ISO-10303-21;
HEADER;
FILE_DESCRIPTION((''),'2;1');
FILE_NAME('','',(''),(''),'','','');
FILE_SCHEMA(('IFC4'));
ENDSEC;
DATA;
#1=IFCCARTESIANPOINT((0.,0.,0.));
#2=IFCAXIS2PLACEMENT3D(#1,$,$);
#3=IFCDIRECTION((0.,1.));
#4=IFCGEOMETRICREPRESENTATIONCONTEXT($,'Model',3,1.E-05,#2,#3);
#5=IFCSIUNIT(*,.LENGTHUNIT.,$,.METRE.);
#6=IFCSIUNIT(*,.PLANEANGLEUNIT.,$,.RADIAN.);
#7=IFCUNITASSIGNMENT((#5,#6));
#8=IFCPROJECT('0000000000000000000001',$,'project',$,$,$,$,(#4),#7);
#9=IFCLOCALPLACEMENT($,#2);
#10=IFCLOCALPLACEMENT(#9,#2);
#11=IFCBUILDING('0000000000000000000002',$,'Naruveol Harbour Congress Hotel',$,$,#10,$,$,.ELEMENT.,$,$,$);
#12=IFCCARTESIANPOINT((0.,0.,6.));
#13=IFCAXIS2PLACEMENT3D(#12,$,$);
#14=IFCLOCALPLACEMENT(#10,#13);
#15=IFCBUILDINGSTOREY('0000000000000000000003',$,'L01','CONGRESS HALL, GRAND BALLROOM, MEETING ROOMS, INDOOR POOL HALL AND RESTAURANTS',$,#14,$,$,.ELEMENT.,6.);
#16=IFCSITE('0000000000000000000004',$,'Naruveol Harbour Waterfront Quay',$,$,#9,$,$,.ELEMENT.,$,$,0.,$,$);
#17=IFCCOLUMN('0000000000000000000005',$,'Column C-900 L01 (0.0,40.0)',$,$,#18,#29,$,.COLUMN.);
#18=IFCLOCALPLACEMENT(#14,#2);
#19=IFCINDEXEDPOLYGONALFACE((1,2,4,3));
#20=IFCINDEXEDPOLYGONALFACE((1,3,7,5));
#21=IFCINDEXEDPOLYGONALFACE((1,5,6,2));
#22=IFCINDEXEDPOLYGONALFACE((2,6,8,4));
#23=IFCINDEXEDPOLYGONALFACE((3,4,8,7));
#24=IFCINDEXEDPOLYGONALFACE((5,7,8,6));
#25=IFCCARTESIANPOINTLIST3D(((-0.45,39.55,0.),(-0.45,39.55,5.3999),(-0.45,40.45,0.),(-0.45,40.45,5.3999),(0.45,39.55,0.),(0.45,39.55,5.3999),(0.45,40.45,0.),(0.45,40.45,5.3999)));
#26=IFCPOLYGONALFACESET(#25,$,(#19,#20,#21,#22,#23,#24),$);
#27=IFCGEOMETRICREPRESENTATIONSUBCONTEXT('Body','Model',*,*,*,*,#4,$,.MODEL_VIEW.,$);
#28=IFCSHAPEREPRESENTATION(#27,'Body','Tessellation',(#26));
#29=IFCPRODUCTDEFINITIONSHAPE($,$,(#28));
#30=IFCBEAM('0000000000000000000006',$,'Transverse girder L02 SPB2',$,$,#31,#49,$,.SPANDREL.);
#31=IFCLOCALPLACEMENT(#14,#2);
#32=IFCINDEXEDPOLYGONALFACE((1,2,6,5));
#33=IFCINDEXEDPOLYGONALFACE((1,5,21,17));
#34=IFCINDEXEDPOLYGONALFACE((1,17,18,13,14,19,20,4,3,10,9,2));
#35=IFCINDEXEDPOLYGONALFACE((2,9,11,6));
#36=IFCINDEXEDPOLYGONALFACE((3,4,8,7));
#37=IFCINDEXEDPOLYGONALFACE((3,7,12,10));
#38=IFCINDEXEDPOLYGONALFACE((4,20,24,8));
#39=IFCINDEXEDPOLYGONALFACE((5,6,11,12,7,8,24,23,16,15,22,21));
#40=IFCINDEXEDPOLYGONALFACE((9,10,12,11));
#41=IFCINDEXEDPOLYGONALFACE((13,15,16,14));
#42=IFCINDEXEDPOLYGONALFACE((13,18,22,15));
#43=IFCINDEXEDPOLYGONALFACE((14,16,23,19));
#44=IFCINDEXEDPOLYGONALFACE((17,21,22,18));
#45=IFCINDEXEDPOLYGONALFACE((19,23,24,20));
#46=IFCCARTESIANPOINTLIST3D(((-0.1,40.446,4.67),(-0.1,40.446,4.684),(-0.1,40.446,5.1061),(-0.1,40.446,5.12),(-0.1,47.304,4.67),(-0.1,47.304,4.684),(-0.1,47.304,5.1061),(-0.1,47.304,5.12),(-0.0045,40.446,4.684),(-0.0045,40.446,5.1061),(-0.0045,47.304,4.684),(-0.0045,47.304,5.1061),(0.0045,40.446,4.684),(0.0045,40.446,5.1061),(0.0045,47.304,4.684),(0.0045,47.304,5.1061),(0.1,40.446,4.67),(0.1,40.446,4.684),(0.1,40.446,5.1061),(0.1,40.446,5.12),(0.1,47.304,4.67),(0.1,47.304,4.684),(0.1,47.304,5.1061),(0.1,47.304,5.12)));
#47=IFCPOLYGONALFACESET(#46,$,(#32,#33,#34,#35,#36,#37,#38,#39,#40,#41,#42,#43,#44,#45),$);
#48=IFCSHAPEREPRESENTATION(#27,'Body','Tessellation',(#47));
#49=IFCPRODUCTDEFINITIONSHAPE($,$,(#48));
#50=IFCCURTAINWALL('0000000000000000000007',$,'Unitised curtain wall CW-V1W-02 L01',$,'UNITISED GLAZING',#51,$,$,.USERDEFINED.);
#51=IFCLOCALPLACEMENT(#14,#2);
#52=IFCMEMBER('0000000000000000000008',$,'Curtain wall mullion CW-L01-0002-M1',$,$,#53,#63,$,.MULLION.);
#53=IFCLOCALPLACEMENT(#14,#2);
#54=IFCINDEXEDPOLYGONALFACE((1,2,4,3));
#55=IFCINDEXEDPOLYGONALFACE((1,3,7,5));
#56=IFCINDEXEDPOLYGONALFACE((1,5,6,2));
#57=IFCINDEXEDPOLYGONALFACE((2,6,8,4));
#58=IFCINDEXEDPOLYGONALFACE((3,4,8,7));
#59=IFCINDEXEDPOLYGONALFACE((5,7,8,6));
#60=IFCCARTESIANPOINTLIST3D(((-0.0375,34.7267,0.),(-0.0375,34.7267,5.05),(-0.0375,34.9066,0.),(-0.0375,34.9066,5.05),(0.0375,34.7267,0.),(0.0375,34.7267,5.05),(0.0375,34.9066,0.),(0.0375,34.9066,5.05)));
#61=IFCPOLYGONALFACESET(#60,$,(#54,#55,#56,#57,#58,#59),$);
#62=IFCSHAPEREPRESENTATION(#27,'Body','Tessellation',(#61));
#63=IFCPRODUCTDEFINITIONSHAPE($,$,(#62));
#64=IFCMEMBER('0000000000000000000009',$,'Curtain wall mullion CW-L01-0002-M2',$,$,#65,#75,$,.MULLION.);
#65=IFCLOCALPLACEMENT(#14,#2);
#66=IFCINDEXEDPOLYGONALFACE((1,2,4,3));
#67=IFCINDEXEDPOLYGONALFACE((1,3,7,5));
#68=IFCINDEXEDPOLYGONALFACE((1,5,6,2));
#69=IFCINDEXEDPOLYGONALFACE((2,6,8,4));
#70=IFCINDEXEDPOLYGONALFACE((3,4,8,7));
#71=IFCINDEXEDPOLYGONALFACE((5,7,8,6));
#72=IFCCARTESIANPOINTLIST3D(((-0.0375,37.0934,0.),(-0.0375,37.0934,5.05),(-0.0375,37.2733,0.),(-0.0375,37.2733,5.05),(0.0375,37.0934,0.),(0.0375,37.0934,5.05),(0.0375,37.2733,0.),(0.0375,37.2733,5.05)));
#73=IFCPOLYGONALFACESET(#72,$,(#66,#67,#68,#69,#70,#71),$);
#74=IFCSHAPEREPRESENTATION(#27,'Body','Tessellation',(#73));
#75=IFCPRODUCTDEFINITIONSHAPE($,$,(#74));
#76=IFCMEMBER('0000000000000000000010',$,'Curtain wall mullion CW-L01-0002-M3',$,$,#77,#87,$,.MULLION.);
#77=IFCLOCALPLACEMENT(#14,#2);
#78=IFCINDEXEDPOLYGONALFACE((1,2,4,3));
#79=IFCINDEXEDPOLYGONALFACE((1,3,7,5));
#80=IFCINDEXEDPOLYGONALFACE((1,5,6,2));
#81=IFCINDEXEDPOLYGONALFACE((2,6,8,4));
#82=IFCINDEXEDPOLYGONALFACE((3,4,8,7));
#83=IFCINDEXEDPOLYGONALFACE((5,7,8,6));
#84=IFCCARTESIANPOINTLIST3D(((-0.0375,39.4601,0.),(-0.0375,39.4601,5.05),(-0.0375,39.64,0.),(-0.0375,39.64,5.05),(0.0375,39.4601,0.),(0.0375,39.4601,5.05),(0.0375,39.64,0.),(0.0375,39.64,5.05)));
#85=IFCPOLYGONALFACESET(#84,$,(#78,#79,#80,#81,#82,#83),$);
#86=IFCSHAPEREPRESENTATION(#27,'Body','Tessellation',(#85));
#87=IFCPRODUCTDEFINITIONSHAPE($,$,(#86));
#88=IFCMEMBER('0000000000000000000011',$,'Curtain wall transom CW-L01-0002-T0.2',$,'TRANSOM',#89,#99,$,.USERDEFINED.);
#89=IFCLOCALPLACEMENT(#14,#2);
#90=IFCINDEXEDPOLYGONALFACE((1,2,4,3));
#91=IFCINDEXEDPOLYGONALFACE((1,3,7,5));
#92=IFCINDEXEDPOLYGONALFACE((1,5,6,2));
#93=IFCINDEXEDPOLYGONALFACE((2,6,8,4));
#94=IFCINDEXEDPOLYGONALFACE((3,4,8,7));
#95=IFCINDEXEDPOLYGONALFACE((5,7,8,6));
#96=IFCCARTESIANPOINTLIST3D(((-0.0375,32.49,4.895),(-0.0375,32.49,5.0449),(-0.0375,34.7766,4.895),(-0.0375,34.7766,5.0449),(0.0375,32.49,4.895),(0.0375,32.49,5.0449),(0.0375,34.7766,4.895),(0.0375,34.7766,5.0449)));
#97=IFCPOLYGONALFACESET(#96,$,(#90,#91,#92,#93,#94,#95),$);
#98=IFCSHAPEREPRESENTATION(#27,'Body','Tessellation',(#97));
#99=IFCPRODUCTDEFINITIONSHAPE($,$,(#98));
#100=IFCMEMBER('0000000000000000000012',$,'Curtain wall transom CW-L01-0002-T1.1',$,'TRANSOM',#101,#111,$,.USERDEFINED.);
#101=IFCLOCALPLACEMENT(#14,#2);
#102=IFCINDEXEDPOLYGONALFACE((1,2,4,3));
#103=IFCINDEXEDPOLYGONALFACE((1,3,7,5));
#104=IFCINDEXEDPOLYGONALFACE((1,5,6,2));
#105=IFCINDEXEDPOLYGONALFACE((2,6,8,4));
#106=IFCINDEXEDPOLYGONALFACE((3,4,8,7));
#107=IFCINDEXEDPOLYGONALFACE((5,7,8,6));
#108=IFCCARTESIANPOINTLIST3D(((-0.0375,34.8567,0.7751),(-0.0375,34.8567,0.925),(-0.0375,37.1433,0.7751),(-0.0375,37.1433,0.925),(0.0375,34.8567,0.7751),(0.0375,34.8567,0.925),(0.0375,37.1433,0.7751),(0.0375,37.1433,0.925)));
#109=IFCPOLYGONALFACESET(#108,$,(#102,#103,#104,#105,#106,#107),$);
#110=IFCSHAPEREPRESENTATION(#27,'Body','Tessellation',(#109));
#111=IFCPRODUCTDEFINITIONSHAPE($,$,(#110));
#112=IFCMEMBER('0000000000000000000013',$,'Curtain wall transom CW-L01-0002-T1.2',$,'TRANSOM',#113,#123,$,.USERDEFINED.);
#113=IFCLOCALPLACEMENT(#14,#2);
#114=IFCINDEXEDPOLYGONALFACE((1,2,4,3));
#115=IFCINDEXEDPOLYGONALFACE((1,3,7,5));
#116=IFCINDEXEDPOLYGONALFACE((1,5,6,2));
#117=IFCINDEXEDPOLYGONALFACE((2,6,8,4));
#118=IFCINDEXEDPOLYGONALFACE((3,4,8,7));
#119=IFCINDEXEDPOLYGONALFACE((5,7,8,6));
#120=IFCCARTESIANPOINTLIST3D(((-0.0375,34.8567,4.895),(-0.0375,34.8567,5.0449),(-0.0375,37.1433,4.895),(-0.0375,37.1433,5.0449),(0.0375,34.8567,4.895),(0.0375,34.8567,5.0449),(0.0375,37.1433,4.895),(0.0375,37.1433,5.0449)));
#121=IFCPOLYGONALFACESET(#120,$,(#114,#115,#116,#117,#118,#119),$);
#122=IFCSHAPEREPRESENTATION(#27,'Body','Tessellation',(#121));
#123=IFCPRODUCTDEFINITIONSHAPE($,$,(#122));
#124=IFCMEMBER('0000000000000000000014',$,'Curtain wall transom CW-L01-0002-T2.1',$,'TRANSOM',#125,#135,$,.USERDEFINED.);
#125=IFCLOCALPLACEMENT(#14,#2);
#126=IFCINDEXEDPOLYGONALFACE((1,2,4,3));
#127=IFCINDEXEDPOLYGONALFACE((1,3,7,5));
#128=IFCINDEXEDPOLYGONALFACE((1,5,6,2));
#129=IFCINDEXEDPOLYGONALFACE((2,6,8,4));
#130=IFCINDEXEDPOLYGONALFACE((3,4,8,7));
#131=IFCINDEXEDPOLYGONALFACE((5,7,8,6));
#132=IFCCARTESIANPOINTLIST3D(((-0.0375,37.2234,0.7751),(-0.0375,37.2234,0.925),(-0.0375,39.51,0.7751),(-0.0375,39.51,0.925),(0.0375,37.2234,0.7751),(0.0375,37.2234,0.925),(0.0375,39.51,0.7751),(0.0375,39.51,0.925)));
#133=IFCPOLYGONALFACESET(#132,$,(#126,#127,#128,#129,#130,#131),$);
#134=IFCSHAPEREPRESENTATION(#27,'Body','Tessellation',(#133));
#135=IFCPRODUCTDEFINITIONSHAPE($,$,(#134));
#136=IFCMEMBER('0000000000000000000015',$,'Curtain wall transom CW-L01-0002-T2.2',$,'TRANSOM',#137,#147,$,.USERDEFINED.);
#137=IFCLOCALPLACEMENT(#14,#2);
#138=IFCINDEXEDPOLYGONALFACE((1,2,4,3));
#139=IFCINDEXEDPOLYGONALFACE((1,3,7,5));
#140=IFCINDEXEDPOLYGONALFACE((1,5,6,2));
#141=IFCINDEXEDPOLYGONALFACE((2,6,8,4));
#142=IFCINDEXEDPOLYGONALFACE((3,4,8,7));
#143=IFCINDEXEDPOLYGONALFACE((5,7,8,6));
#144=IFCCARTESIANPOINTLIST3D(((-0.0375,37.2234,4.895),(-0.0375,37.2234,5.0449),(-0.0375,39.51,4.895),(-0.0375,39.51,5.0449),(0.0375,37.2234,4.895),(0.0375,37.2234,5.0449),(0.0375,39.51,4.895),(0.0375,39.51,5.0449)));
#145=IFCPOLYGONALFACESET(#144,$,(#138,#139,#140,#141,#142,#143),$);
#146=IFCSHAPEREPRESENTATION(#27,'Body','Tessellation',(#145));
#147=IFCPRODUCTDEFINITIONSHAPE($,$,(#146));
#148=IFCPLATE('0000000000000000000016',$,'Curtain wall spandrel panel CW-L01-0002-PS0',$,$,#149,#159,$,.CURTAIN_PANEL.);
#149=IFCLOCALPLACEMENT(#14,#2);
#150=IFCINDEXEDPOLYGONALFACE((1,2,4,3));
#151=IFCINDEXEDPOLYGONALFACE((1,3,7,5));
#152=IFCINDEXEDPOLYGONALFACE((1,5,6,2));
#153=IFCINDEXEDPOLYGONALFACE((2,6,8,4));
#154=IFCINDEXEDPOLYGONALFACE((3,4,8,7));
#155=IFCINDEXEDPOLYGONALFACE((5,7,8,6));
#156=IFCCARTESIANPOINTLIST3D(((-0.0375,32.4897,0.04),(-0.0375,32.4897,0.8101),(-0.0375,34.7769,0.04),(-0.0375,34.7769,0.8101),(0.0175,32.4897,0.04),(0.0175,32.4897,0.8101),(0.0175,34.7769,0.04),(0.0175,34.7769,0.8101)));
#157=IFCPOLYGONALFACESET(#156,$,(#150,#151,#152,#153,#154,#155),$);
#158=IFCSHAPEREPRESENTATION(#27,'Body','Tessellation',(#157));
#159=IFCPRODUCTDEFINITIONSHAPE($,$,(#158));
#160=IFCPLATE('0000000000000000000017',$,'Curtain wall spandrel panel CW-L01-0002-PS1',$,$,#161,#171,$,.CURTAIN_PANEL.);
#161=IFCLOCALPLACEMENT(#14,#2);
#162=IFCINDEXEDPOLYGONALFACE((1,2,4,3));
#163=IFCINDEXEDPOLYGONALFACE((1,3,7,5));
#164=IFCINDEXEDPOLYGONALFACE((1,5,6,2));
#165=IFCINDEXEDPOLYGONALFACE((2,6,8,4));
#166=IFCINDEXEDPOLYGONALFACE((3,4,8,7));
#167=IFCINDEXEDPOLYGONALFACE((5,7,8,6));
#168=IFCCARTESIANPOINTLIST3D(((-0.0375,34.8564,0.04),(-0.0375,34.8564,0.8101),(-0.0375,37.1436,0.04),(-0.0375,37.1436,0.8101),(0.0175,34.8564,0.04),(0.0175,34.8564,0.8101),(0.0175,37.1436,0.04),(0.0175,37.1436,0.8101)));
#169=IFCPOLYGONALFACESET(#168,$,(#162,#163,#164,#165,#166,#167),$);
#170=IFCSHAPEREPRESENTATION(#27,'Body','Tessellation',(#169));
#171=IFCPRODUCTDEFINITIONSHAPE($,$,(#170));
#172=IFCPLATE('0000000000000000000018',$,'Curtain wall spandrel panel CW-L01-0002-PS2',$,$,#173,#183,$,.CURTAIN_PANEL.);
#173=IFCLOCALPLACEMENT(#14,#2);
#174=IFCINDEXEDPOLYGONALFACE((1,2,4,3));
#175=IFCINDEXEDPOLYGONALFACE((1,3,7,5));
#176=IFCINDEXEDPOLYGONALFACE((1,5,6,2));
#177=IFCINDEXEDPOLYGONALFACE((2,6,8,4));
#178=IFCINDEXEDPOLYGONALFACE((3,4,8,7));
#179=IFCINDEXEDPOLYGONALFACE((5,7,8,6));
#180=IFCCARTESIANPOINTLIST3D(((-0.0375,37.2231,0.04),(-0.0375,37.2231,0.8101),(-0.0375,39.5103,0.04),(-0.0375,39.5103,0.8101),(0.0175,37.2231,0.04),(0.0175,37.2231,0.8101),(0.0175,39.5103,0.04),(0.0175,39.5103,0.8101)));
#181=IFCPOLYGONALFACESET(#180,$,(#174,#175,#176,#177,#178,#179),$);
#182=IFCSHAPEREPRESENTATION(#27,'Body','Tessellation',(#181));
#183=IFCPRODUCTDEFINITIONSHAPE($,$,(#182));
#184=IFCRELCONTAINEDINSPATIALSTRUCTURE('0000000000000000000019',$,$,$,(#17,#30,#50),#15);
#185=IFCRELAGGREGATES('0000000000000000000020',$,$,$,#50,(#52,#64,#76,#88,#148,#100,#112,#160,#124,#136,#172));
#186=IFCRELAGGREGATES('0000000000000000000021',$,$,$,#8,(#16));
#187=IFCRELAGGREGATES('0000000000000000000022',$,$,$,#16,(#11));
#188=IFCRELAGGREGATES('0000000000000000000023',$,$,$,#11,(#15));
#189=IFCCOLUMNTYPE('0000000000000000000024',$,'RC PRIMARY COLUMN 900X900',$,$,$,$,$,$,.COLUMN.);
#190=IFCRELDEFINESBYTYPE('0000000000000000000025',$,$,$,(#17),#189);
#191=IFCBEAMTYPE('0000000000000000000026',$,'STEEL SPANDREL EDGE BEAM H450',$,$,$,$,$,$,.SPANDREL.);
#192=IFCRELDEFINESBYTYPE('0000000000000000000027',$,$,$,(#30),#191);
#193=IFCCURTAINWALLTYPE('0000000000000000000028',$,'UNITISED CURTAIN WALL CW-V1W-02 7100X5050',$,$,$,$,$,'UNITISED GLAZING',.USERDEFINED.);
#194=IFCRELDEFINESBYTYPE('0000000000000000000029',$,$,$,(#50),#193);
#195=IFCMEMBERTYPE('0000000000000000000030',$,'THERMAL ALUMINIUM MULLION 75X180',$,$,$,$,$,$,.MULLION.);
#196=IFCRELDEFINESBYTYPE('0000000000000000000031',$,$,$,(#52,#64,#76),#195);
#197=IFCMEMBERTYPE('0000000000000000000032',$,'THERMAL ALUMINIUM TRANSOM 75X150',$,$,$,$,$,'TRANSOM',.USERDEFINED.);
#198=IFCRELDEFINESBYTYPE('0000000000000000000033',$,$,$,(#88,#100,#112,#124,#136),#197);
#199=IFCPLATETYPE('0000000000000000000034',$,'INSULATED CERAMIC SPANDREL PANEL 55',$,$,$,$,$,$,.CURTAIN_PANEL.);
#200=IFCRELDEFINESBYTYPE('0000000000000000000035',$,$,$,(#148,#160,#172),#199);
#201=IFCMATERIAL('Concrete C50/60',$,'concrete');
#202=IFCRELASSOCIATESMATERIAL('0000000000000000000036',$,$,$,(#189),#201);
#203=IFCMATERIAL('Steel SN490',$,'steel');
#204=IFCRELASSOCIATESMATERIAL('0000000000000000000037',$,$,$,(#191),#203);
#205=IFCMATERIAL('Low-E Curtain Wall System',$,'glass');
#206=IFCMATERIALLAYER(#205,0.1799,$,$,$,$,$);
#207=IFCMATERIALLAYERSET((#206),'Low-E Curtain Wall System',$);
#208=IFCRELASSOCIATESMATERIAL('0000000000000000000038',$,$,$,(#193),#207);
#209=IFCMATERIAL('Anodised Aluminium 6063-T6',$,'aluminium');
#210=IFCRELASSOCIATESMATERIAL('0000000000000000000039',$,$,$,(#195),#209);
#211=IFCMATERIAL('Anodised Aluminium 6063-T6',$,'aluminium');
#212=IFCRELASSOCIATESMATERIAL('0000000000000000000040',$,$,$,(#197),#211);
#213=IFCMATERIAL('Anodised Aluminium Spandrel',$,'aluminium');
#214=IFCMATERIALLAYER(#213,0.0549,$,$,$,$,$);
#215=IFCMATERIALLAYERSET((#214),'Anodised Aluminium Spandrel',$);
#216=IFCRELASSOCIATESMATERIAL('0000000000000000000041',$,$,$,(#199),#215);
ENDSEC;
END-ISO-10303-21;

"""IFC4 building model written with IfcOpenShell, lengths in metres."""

from ifc_helpers import new_model, si_unit, direction, frame, origin, origin_2d, place, context, subcontext, project, spatial, rectangle, i_section, extrude, material, layer, layer_set, material_profile, profile_set, type_object, element, aggregate, save


model = new_model("IFC4")

# Units and contexts
model_context = context("Model", 3, precision=1e-05, world=origin(), true_north=direction((0.0, 1.0)))
body_context = subcontext(model_context, "Body", "Model", "MODEL_VIEW")
ifc_project = project(units=[si_unit("LENGTHUNIT", "METRE"), si_unit("PLANEANGLEUNIT", "RADIAN")], contexts=[model_context])

# Site, building, storey
site_placement = place(None, origin())
site = spatial("IfcSite", under=ifc_project, at=site_placement, Name="Naruveol Harbour Waterfront Quay", CompositionType="ELEMENT", RefElevation=0.0)
building_placement = place(site_placement, origin())
building = spatial("IfcBuilding", under=site, at=building_placement, Name="Naruveol Harbour Congress Hotel", CompositionType="ELEMENT")
storey_placement = place(building_placement, frame((0.0, 0.0, 6.0)))
storey = spatial("IfcBuildingStorey", under=building, at=storey_placement, Name="L01", Description="CONGRESS HALL, GRAND BALLROOM, MEETING ROOMS, INDOOR POOL HALL AND RESTAURANTS", CompositionType="ELEMENT", Elevation=6.0)

# Column
ifc_material_1 = material(Name="Concrete C50/60", Category="concrete")
ifc_material_profile_1 = material_profile(ifc_material_1, rectangle(XDim=0.8999, YDim=0.8999, at=origin_2d()), Name="RC-900x900")
ifc_profile_set_1 = profile_set([ifc_material_profile_1], Name="Concrete C50/60")
column_type = type_object("IfcColumnType", Name="RC PRIMARY COLUMN 900X900", PredefinedType="COLUMN", material=ifc_profile_set_1)
column_placement = place(storey_placement, frame((0.0, 40.0, 0.0), z_axis=(0.0, 0.0, 1.0), x_axis=(1.0, 0.0, 0.0)))
element("IfcColumn", 1, at=column_placement, inside=storey, type_object=column_type, Name="Column C-900 L01 (0.0,40.0)", PredefinedType="COLUMN", context=body_context, shape_type="SweptSolid", body=[
    extrude(rectangle(XDim=0.8999, YDim=0.8999, at=origin_2d()), origin(), (0.0, 0.0, 1.0), 5.3999),
])

# Beam
ifc_material_2 = material(Name="Steel SN490", Category="steel")
ifc_material_profile_2 = material_profile(ifc_material_2, i_section(OverallWidth=0.2, OverallDepth=0.45, WebThickness=0.009, FlangeThickness=0.0139, at=origin_2d()), Name="H-450x200x9x14")
ifc_profile_set_2 = profile_set([ifc_material_profile_2], Name="Steel SN490")
beam_type = type_object("IfcBeamType", Name="STEEL SPANDREL EDGE BEAM H450", PredefinedType="SPANDREL", material=ifc_profile_set_2)
beam_placement = place(storey_placement, frame((0.0, 40.446, 4.895), z_axis=(0.0, 1.0, 0.0), x_axis=(-1.0, 0.0, 0.0)))
element("IfcBeam", 2, at=beam_placement, inside=storey, type_object=beam_type, Name="Transverse girder L02 SPB2", PredefinedType="SPANDREL", context=body_context, shape_type="SweptSolid", body=[
    extrude(i_section(OverallWidth=0.2, OverallDepth=0.45, WebThickness=0.009, FlangeThickness=0.0139, at=origin_2d()), origin(), (0.0, 0.0, 1.0), 6.8579),
])

# Curtain wall, members, plates
ifc_material_3 = material(Name="Low-E Curtain Wall System", Category="glass")
ifc_layer_1 = layer(ifc_material_3, 0.1799)
ifc_layer_set_1 = layer_set([ifc_layer_1], Name="Low-E Curtain Wall System")
curtain_wall_type = type_object("IfcCurtainWallType", Name="UNITISED CURTAIN WALL CW-V1W-02 7100X5050", ElementType="UNITISED GLAZING", PredefinedType="USERDEFINED", material=ifc_layer_set_1)
curtain_wall_placement = place(storey_placement, origin())
curtain_wall = element("IfcCurtainWall", 3, at=curtain_wall_placement, inside=storey, type_object=curtain_wall_type, Name="Unitised curtain wall CW-V1W-02 L01", ObjectType="UNITISED GLAZING", PredefinedType="USERDEFINED")
ifc_material_4 = material(Name="Anodised Aluminium 6063-T6", Category="aluminium")
ifc_material_profile_3 = material_profile(ifc_material_4, rectangle(XDim=0.075, YDim=0.1799, at=origin_2d()), Name="ALU-75x180")
ifc_profile_set_3 = profile_set([ifc_material_profile_3], Name="Anodised Aluminium 6063-T6")
member_type_1 = type_object("IfcMemberType", Name="THERMAL ALUMINIUM MULLION 75X180", PredefinedType="MULLION", material=ifc_profile_set_3)
member_1_placement = place(storey_placement, frame((0.0, 34.8167, 0.0), z_axis=(0.0, 0.0, 1.0), x_axis=(1.0, 0.0, 0.0)))
member_1 = element("IfcMember", 4, at=member_1_placement, type_object=member_type_1, Name="Curtain wall mullion CW-L01-0002-M1", PredefinedType="MULLION", context=body_context, shape_type="SweptSolid", body=[
    extrude(rectangle(XDim=0.075, YDim=0.1799, at=origin_2d()), origin(), (0.0, 0.0, 1.0), 5.05),
])
member_2_placement = place(storey_placement, frame((0.0, 37.1833, 0.0), z_axis=(0.0, 0.0, 1.0), x_axis=(1.0, 0.0, 0.0)))
member_2 = element("IfcMember", 5, at=member_2_placement, type_object=member_type_1, Name="Curtain wall mullion CW-L01-0002-M2", PredefinedType="MULLION", context=body_context, shape_type="SweptSolid", body=[
    extrude(rectangle(XDim=0.075, YDim=0.1799, at=origin_2d()), origin(), (0.0, 0.0, 1.0), 5.05),
])
member_3_placement = place(storey_placement, frame((0.0, 39.55, 0.0), z_axis=(0.0, 0.0, 1.0), x_axis=(1.0, 0.0, 0.0)))
member_3 = element("IfcMember", 6, at=member_3_placement, type_object=member_type_1, Name="Curtain wall mullion CW-L01-0002-M3", PredefinedType="MULLION", context=body_context, shape_type="SweptSolid", body=[
    extrude(rectangle(XDim=0.075, YDim=0.1799, at=origin_2d()), origin(), (0.0, 0.0, 1.0), 5.05),
])
ifc_material_5 = material(Name="Anodised Aluminium 6063-T6", Category="aluminium")
ifc_material_profile_4 = material_profile(ifc_material_5, rectangle(XDim=0.075, YDim=0.1499, at=origin_2d()), Name="ALU-75x150")
ifc_profile_set_4 = profile_set([ifc_material_profile_4], Name="Anodised Aluminium 6063-T6")
member_type_2 = type_object("IfcMemberType", Name="THERMAL ALUMINIUM TRANSOM 75X150", ElementType="TRANSOM", PredefinedType="USERDEFINED", material=ifc_profile_set_4)
member_4_placement = place(storey_placement, frame((0.0, 32.49, 4.97), z_axis=(0.0, 1.0, 0.0), x_axis=(-1.0, 0.0, 0.0)))
member_4 = element("IfcMember", 7, at=member_4_placement, type_object=member_type_2, Name="Curtain wall transom CW-L01-0002-T0.2", ObjectType="TRANSOM", PredefinedType="USERDEFINED", context=body_context, shape_type="SweptSolid", body=[
    extrude(rectangle(XDim=0.075, YDim=0.1499, at=origin_2d()), origin(), (0.0, 0.0, 1.0), 2.2866),
])
member_5_placement = place(storey_placement, frame((0.0, 34.8567, 0.8501), z_axis=(0.0, 1.0, 0.0), x_axis=(-1.0, 0.0, 0.0)))
member_5 = element("IfcMember", 8, at=member_5_placement, type_object=member_type_2, Name="Curtain wall transom CW-L01-0002-T1.1", ObjectType="TRANSOM", PredefinedType="USERDEFINED", context=body_context, shape_type="SweptSolid", body=[
    extrude(rectangle(XDim=0.075, YDim=0.1499, at=origin_2d()), origin(), (0.0, 0.0, 1.0), 2.2866),
])
member_6_placement = place(storey_placement, frame((0.0, 34.8567, 4.97), z_axis=(0.0, 1.0, 0.0), x_axis=(-1.0, 0.0, 0.0)))
member_6 = element("IfcMember", 9, at=member_6_placement, type_object=member_type_2, Name="Curtain wall transom CW-L01-0002-T1.2", ObjectType="TRANSOM", PredefinedType="USERDEFINED", context=body_context, shape_type="SweptSolid", body=[
    extrude(rectangle(XDim=0.075, YDim=0.1499, at=origin_2d()), origin(), (0.0, 0.0, 1.0), 2.2866),
])
member_7_placement = place(storey_placement, frame((0.0, 37.2234, 0.8501), z_axis=(0.0, 1.0, 0.0), x_axis=(-1.0, 0.0, 0.0)))
member_7 = element("IfcMember", 10, at=member_7_placement, type_object=member_type_2, Name="Curtain wall transom CW-L01-0002-T2.1", ObjectType="TRANSOM", PredefinedType="USERDEFINED", context=body_context, shape_type="SweptSolid", body=[
    extrude(rectangle(XDim=0.075, YDim=0.1499, at=origin_2d()), origin(), (0.0, 0.0, 1.0), 2.2866),
])
member_8_placement = place(storey_placement, frame((0.0, 37.2234, 4.97), z_axis=(0.0, 1.0, 0.0), x_axis=(-1.0, 0.0, 0.0)))
member_8 = element("IfcMember", 11, at=member_8_placement, type_object=member_type_2, Name="Curtain wall transom CW-L01-0002-T2.2", ObjectType="TRANSOM", PredefinedType="USERDEFINED", context=body_context, shape_type="SweptSolid", body=[
    extrude(rectangle(XDim=0.075, YDim=0.1499, at=origin_2d()), origin(), (0.0, 0.0, 1.0), 2.2866),
])
ifc_material_6 = material(Name="Anodised Aluminium Spandrel", Category="aluminium")
ifc_layer_2 = layer(ifc_material_6, 0.0549)
ifc_layer_set_2 = layer_set([ifc_layer_2], Name="Anodised Aluminium Spandrel")
plate_type_1 = type_object("IfcPlateType", Name="INSULATED CERAMIC SPANDREL PANEL 55", PredefinedType="CURTAIN_PANEL", material=ifc_layer_set_2)
plate_1_placement = place(storey_placement, frame((-0.01, 33.6333, 0.04), z_axis=(0.0, 0.0, 1.0), x_axis=(0.0, 1.0, 0.0)))
plate_1 = element("IfcPlate", 12, at=plate_1_placement, type_object=plate_type_1, Name="Curtain wall spandrel panel CW-L01-0002-PS0", PredefinedType="CURTAIN_PANEL", context=body_context, shape_type="SweptSolid", body=[
    extrude(rectangle(XDim=2.2871, YDim=0.0549, at=origin_2d()), origin(), (0.0, 0.0, 1.0), 0.77),
])
plate_2_placement = place(storey_placement, frame((-0.01, 36.0, 0.04), z_axis=(0.0, 0.0, 1.0), x_axis=(0.0, 1.0, 0.0)))
plate_2 = element("IfcPlate", 13, at=plate_2_placement, type_object=plate_type_1, Name="Curtain wall spandrel panel CW-L01-0002-PS1", PredefinedType="CURTAIN_PANEL", context=body_context, shape_type="SweptSolid", body=[
    extrude(rectangle(XDim=2.2871, YDim=0.0549, at=origin_2d()), origin(), (0.0, 0.0, 1.0), 0.77),
])
plate_3_placement = place(storey_placement, frame((-0.01, 38.3667, 0.04), z_axis=(0.0, 0.0, 1.0), x_axis=(0.0, 1.0, 0.0)))
plate_3 = element("IfcPlate", 14, at=plate_3_placement, type_object=plate_type_1, Name="Curtain wall spandrel panel CW-L01-0002-PS2", PredefinedType="CURTAIN_PANEL", context=body_context, shape_type="SweptSolid", body=[
    extrude(rectangle(XDim=2.2871, YDim=0.0549, at=origin_2d()), origin(), (0.0, 0.0, 1.0), 0.77),
])
aggregate(curtain_wall, [member_1, member_2, member_3, member_4, plate_1, member_5, member_6, plate_2, member_7, member_8, plate_3])

save(model, "model.ifc")
